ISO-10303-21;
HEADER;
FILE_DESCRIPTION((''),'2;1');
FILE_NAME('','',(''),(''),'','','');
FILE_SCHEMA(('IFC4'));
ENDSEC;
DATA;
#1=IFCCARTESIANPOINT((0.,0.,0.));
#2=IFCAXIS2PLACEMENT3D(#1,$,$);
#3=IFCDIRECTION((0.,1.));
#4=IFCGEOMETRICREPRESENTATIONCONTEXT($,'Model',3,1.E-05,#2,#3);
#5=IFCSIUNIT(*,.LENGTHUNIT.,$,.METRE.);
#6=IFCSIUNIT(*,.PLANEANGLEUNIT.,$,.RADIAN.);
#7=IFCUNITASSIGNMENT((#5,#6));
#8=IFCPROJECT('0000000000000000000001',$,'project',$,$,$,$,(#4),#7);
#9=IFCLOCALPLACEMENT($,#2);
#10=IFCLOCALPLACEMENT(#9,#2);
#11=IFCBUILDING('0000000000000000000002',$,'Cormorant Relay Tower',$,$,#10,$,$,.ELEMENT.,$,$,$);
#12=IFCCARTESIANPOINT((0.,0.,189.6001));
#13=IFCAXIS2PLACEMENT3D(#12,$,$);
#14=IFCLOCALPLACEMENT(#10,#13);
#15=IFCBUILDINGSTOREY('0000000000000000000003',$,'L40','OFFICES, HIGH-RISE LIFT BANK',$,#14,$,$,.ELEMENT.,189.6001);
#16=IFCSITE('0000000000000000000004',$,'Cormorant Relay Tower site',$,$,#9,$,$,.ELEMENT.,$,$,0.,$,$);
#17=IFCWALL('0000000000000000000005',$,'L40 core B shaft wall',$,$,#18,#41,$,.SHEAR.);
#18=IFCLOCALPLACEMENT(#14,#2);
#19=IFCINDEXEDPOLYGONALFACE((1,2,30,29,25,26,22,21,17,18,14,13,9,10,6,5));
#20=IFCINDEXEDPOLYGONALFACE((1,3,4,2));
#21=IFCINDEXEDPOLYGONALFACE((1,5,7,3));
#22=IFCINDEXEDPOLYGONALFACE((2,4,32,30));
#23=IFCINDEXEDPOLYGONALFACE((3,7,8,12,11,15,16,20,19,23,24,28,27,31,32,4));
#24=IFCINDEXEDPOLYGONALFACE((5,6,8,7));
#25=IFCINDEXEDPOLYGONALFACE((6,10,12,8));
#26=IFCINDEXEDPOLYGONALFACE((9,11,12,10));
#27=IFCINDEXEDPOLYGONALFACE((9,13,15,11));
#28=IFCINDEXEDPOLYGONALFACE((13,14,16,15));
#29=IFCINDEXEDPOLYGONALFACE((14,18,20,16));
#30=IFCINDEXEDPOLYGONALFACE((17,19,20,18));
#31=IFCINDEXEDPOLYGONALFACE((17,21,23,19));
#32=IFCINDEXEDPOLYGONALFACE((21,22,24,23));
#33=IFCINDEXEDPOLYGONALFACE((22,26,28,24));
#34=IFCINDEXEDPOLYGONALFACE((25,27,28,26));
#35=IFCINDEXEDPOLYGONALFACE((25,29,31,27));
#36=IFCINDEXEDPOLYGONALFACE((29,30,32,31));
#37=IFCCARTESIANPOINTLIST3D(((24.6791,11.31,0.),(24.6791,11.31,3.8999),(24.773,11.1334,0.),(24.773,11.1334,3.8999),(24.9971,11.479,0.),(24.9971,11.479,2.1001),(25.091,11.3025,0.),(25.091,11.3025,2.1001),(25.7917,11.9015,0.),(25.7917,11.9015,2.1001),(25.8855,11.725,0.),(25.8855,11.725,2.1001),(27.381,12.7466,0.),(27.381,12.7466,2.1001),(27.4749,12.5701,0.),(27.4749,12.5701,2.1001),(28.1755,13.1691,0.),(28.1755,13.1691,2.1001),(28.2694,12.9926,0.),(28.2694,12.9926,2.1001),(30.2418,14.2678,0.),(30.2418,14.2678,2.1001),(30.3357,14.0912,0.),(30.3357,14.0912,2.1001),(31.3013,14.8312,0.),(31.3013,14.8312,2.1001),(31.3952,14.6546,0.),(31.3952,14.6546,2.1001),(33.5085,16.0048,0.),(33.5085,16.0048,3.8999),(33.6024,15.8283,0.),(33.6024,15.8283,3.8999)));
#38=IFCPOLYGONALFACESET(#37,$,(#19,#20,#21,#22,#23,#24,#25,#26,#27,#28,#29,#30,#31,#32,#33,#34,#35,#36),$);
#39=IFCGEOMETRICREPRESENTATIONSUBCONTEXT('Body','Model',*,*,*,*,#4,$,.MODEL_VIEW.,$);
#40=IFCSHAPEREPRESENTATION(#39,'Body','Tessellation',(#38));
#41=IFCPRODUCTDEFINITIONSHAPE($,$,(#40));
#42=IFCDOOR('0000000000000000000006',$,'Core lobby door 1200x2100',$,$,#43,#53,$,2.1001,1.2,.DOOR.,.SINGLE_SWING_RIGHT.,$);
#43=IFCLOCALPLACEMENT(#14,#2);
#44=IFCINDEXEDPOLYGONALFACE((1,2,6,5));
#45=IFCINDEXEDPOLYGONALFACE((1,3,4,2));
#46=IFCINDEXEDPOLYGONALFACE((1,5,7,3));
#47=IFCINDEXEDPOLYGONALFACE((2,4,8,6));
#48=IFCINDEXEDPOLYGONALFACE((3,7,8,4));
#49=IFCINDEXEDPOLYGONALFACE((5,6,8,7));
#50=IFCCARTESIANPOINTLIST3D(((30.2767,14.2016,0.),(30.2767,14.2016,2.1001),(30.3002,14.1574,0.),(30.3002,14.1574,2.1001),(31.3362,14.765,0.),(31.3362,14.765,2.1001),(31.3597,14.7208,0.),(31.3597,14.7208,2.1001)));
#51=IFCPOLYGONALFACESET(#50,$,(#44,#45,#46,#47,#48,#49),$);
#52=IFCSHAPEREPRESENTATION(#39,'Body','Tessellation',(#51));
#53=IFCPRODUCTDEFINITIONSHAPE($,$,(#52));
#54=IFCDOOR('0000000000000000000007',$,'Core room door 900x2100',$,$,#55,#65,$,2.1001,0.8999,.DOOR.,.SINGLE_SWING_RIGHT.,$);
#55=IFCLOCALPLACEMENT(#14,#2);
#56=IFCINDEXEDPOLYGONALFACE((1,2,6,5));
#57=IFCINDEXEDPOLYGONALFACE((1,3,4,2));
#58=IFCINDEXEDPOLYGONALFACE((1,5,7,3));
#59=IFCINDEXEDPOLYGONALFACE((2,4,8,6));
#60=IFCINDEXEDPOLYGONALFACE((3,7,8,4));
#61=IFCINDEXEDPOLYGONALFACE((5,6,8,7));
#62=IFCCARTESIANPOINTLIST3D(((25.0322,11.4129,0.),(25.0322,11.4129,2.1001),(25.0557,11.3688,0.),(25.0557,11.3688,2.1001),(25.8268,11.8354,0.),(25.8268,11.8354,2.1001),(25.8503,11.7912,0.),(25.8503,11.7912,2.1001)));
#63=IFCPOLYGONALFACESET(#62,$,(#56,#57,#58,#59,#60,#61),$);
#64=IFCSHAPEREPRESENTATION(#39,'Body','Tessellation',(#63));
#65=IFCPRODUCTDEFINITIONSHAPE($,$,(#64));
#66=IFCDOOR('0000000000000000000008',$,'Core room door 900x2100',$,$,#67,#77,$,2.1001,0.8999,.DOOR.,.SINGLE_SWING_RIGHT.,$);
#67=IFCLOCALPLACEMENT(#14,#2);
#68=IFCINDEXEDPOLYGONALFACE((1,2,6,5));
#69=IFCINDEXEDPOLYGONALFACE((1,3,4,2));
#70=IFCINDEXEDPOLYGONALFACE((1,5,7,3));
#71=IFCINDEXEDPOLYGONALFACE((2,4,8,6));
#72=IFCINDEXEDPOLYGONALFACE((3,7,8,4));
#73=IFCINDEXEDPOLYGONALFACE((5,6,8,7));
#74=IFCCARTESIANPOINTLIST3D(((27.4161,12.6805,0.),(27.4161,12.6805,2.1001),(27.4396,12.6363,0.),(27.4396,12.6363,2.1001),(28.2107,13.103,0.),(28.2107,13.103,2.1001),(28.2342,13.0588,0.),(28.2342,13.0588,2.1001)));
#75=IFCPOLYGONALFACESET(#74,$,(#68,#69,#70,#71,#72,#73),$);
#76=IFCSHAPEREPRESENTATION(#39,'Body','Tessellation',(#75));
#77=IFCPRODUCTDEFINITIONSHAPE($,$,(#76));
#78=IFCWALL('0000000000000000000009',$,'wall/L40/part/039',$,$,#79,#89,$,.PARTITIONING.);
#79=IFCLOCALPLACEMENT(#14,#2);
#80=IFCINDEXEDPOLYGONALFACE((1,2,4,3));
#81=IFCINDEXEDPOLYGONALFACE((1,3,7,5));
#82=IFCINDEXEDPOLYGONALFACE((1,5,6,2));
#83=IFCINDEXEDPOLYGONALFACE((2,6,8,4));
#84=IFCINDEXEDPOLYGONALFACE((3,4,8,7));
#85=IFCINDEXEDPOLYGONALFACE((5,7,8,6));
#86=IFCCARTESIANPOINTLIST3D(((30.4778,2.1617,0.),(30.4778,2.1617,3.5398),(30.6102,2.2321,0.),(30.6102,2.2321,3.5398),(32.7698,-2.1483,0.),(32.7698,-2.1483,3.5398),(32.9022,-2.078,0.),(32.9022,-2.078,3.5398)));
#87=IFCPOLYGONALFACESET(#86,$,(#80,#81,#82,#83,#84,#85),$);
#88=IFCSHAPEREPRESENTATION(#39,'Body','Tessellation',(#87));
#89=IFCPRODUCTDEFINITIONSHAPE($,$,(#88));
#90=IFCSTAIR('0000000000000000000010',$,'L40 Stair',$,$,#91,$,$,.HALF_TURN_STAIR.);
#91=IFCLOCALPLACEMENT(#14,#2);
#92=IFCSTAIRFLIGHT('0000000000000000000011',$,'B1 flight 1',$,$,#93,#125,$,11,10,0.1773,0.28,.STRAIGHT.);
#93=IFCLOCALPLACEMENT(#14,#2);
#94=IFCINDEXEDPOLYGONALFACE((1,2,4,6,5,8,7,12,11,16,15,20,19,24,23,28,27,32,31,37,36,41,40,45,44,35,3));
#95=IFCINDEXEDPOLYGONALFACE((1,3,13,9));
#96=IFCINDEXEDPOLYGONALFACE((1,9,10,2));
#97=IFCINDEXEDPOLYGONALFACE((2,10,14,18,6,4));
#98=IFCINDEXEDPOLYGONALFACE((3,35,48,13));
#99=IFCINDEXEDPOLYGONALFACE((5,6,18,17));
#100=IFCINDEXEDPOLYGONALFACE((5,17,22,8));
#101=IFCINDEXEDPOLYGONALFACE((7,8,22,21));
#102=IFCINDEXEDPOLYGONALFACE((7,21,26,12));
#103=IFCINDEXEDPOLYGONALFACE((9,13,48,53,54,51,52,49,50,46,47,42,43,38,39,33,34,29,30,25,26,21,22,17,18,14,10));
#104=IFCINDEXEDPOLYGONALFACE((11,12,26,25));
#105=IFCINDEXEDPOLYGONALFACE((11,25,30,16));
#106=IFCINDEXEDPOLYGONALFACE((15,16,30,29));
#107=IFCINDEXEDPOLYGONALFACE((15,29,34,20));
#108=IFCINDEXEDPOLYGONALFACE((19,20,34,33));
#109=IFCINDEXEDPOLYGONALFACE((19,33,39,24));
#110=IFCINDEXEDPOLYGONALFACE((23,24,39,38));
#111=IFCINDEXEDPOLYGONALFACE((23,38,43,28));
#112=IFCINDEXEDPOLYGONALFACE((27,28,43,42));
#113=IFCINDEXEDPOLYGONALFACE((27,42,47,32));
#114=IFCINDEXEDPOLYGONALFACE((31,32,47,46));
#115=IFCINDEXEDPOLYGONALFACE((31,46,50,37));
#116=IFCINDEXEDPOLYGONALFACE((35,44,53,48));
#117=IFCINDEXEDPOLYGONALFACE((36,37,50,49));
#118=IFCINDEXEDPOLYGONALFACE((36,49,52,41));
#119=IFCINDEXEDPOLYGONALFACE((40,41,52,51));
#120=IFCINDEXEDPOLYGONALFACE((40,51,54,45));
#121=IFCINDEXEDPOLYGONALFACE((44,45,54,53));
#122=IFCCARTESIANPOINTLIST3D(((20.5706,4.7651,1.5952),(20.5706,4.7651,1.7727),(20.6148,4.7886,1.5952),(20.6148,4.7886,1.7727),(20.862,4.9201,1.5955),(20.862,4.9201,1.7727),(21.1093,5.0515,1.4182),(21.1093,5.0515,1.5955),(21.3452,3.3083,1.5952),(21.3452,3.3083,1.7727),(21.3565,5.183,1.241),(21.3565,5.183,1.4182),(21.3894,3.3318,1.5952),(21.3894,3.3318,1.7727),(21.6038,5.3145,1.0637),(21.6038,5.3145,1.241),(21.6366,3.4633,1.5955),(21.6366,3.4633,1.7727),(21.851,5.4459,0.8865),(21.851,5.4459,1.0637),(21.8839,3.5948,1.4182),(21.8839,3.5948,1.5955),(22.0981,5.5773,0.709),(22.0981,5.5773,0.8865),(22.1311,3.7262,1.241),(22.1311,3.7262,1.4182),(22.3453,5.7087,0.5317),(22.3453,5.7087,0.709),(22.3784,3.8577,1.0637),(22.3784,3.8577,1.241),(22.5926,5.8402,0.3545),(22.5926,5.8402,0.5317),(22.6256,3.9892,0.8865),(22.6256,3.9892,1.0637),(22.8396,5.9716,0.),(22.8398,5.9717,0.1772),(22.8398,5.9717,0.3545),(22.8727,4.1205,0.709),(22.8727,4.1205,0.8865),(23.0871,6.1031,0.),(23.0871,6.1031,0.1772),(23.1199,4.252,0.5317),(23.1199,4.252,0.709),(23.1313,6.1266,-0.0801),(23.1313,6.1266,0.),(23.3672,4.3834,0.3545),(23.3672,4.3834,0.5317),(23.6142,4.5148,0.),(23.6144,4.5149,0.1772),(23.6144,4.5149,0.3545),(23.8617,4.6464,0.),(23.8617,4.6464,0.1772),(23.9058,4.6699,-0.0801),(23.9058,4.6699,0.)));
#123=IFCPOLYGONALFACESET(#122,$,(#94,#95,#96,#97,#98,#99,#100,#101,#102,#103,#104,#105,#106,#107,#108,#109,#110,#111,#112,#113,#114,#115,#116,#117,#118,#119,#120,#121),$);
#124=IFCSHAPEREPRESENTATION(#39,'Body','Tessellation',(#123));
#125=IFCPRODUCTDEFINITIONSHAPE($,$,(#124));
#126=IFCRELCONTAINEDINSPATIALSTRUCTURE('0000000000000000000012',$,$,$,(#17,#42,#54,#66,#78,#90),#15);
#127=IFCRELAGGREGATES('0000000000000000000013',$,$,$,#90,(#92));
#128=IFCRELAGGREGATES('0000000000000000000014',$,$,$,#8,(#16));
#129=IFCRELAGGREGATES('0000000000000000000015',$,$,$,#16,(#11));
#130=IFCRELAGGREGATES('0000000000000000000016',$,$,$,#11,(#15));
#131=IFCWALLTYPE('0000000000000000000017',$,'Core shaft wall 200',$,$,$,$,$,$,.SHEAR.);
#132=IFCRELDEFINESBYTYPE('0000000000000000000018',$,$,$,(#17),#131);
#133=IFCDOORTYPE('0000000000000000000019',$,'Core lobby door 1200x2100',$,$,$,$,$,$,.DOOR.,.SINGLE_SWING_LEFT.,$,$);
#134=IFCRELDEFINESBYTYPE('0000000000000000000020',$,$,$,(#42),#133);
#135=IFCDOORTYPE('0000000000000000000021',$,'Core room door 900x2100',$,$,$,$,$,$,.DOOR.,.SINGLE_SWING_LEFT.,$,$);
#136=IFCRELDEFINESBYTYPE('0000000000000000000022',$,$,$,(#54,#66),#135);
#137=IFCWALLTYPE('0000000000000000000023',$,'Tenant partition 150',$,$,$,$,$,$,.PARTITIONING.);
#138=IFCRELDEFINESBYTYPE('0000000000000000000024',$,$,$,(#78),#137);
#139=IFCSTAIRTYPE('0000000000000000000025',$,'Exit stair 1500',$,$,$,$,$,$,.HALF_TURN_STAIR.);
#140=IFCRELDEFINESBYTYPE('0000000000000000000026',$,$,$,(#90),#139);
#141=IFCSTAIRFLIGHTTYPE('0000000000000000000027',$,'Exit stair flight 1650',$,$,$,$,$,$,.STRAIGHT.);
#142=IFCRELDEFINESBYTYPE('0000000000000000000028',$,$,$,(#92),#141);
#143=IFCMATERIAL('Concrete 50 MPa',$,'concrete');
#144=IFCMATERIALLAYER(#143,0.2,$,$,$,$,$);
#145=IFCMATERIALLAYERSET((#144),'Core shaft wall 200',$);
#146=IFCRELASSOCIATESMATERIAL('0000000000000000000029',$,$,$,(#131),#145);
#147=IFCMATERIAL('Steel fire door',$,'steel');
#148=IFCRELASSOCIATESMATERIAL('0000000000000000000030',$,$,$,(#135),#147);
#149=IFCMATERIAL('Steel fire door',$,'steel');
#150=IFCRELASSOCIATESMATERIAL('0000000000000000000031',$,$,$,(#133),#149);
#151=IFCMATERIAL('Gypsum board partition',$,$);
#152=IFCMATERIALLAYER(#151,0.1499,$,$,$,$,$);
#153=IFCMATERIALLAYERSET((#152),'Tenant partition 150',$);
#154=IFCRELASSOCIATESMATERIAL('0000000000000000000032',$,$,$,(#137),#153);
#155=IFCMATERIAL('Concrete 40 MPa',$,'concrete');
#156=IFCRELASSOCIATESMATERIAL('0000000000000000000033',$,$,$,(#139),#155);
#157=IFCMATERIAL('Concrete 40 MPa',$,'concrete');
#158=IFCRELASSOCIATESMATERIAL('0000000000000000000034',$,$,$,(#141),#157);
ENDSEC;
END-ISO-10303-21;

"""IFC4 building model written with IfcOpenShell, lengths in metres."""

from ifc_helpers import new_model, si_unit, direction, frame, frame_2d, origin, place, context, subcontext, project, spatial, polyline, rectangle, outline, extrude, material, layer, layer_set, type_object, element, fill, aggregate, save


model = new_model("IFC4")

# Units and contexts
model_context = context("Model", 3, precision=1e-05, world=origin(), true_north=direction((0.0, 1.0)))
body_context = subcontext(model_context, "Body", "Model", "MODEL_VIEW")
ifc_project = project(units=[si_unit("LENGTHUNIT", "METRE"), si_unit("PLANEANGLEUNIT", "RADIAN")], contexts=[model_context])

# Site, building, storey
site_placement = place(None, origin())
site = spatial("IfcSite", under=ifc_project, at=site_placement, Name="Cormorant Relay Tower site", CompositionType="ELEMENT", RefElevation=0.0)
building_placement = place(site_placement, origin())
building = spatial("IfcBuilding", under=site, at=building_placement, Name="Cormorant Relay Tower", CompositionType="ELEMENT")
storey_placement = place(building_placement, frame((0.0, 0.0, 189.6001)))
storey = spatial("IfcBuildingStorey", under=building, at=storey_placement, Name="L40", Description="OFFICES, HIGH-RISE LIFT BANK", CompositionType="ELEMENT", Elevation=189.6001)

# Shared definitions
ifc_material_1 = material(Name="Concrete 50 MPa", Category="concrete")
ifc_layer_1 = layer(ifc_material_1, 0.2)
ifc_layer_set_1 = layer_set([ifc_layer_1], Name="Core shaft wall 200")
wall_type_1 = type_object("IfcWallType", Name="Core shaft wall 200", PredefinedType="SHEAR", material=ifc_layer_set_1)

# Shared definitions
ifc_material_2 = material(Name="Steel fire door", Category="steel")
door_type_1 = type_object("IfcDoorType", Name="Core room door 900x2100", OperationType="SINGLE_SWING_LEFT", PredefinedType="DOOR", material=ifc_material_2)

# Wall, openings, doors
wall_1_placement = place(storey_placement, frame((24.7261, 11.2217, 0.0), z_axis=(0.0, 0.0, 1.0), x_axis=(0.88294, 0.469485, 0.0)))
wall_1 = element("IfcWall", 1, at=wall_1_placement, inside=storey, type_object=wall_type_1, Name="L40 core B shaft wall", PredefinedType="SHEAR", context=body_context, shape_type="SweptSolid", body=[
    extrude(rectangle(XDim=10.0, YDim=0.2, at=frame_2d((5.0, 0.0))), origin(), (0.0, 0.0, 1.0), 3.8999),
])
opening_1_placement = place(wall_1_placement, frame((6.3, 0.0, 0.0)))
opening_1 = element("IfcOpeningElement", 2, at=opening_1_placement, cuts=wall_1, PredefinedType="OPENING", context=body_context, shape_type="SweptSolid", body=[
    extrude(rectangle(XDim=1.2, YDim=2.1001, at=frame_2d((0.6001, 1.05))), frame((0.0, 0.1099, 0.0), z_axis=(0.0, -1.0, 0.0), x_axis=(1.0, 0.0, 0.0)), (0.0, 0.0, 1.0), 0.22),
])
opening_2_placement = place(wall_1_placement, frame((0.3601, 0.0, 0.0)))
opening_2 = element("IfcOpeningElement", 3, at=opening_2_placement, cuts=wall_1, PredefinedType="OPENING", context=body_context, shape_type="SweptSolid", body=[
    extrude(rectangle(XDim=0.8999, YDim=2.1001, at=frame_2d((0.45, 1.05))), frame((0.0, 0.1099, 0.0), z_axis=(0.0, -1.0, 0.0), x_axis=(1.0, 0.0, 0.0)), (0.0, 0.0, 1.0), 0.22),
])
opening_3_placement = place(wall_1_placement, frame((3.0601, 0.0, 0.0)))
opening_3 = element("IfcOpeningElement", 4, at=opening_3_placement, cuts=wall_1, PredefinedType="OPENING", context=body_context, shape_type="SweptSolid", body=[
    extrude(rectangle(XDim=0.8999, YDim=2.1001, at=frame_2d((0.45, 1.05))), frame((0.0, 0.1099, 0.0), z_axis=(0.0, -1.0, 0.0), x_axis=(1.0, 0.0, 0.0)), (0.0, 0.0, 1.0), 0.22),
])
ifc_material_3 = material(Name="Steel fire door", Category="steel")
door_type_2 = type_object("IfcDoorType", Name="Core lobby door 1200x2100", OperationType="SINGLE_SWING_LEFT", PredefinedType="DOOR", material=ifc_material_3)
door_1_placement = place(opening_1_placement, frame((1.2, 0.0, 0.0), z_axis=(0.0, 0.0, 1.0), x_axis=(-1.0, 0.0, 0.0)))
door_1 = element("IfcDoor", 5, at=door_1_placement, inside=storey, type_object=door_type_2, Name="Core lobby door 1200x2100", OperationType="SINGLE_SWING_RIGHT", OverallHeight=2.1001, OverallWidth=1.2, PredefinedType="DOOR", context=body_context, shape_type="SweptSolid", body=[
    extrude(rectangle(XDim=1.2, YDim=2.1001, at=frame_2d((0.6001, 1.05))), frame((0.0, 0.0249, 0.0), z_axis=(0.0, -1.0, 0.0), x_axis=(1.0, 0.0, 0.0)), (0.0, 0.0, 1.0), 0.05),
])
fill(opening_1, door_1)
door_2_placement = place(opening_2_placement, frame((0.8999, 0.0, 0.0), z_axis=(0.0, 0.0, 1.0), x_axis=(-1.0, 0.0, 0.0)))
door_2 = element("IfcDoor", 6, at=door_2_placement, inside=storey, type_object=door_type_1, Name="Core room door 900x2100", OperationType="SINGLE_SWING_RIGHT", OverallHeight=2.1001, OverallWidth=0.8999, PredefinedType="DOOR", context=body_context, shape_type="SweptSolid", body=[
    extrude(rectangle(XDim=0.8999, YDim=2.1001, at=frame_2d((0.45, 1.05))), frame((0.0, 0.0249, 0.0), z_axis=(0.0, -1.0, 0.0), x_axis=(1.0, 0.0, 0.0)), (0.0, 0.0, 1.0), 0.05),
])
fill(opening_2, door_2)
door_3_placement = place(opening_3_placement, frame((0.8999, 0.0, 0.0), z_axis=(0.0, 0.0, 1.0), x_axis=(-1.0, 0.0, 0.0)))
door_3 = element("IfcDoor", 7, at=door_3_placement, inside=storey, type_object=door_type_1, Name="Core room door 900x2100", OperationType="SINGLE_SWING_RIGHT", OverallHeight=2.1001, OverallWidth=0.8999, PredefinedType="DOOR", context=body_context, shape_type="SweptSolid", body=[
    extrude(rectangle(XDim=0.8999, YDim=2.1001, at=frame_2d((0.45, 1.05))), frame((0.0, 0.0249, 0.0), z_axis=(0.0, -1.0, 0.0), x_axis=(1.0, 0.0, 0.0)), (0.0, 0.0, 1.0), 0.05),
])
fill(opening_3, door_3)

# Wall
ifc_material_4 = material(Name="Gypsum board partition")
ifc_layer_2 = layer(ifc_material_4, 0.1499)
ifc_layer_set_2 = layer_set([ifc_layer_2], Name="Tenant partition 150")
wall_type_2 = type_object("IfcWallType", Name="Tenant partition 150", PredefinedType="PARTITIONING", material=ifc_layer_set_2)
wall_2_placement = place(storey_placement, frame((30.5439, 2.197, 0.0), z_axis=(0.0, 0.0, 1.0), x_axis=(0.469518, -0.882923, 0.0)))
element("IfcWall", 8, at=wall_2_placement, inside=storey, type_object=wall_type_2, Name="wall/L40/part/039", PredefinedType="PARTITIONING", context=body_context, shape_type="SweptSolid", body=[
    extrude(rectangle(XDim=4.8816, YDim=0.1499, at=frame_2d((2.4409, 0.0))), origin(), (0.0, 0.0, 1.0), 3.5398),
])

# Stair, stair flight
ifc_material_5 = material(Name="Concrete 40 MPa", Category="concrete")
stair_type = type_object("IfcStairType", Name="Exit stair 1500", PredefinedType="HALF_TURN_STAIR", material=ifc_material_5)
stair_placement = place(storey_placement, origin())
stair = element("IfcStair", 9, at=stair_placement, inside=storey, type_object=stair_type, Name="L40 Stair", PredefinedType="HALF_TURN_STAIR")
ifc_material_6 = material(Name="Concrete 40 MPa", Category="concrete")
stair_flight_type = type_object("IfcStairFlightType", Name="Exit stair flight 1650", PredefinedType="STRAIGHT", material=ifc_material_6)
stair_flight_placement = place(storey_placement, frame((23.4744, 5.3748, 0.0), z_axis=(0.0, 0.0, 1.0), x_axis=(-0.882948, -0.469472, 0.0)))
stair_flight = element("IfcStairFlight", 10, at=stair_flight_placement, type_object=stair_flight_type, Name="B1 flight 1", NumberOfRisers=11, NumberOfTreads=10, PredefinedType="STRAIGHT", RiserHeight=0.1773, TreadLength=0.28, context=body_context, shape_type="SweptSolid", body=[
    extrude(outline(polyline([(-0.05, -0.0801), (-0.05, 0.0), (0.0, 0.0), (0.0, 0.1772), (0.28, 0.1772), (0.28, 0.3545), (0.5601, 0.3545), (0.5601, 0.5317), (0.8401, 0.5317), (0.8401, 0.709), (1.1201, 0.709), (1.1201, 0.8865), (1.3999, 0.8865), (1.3999, 1.0637), (1.6799, 1.0637), (1.6799, 1.241), (1.96, 1.241), (1.96, 1.4182), (2.24, 1.4182), (2.24, 1.5955), (2.52, 1.5955), (2.52, 1.7727), (2.8, 1.7727), (2.8501, 1.7727), (2.8501, 1.5952), (2.8, 1.5952), (0.2803, 0.0), (-0.05, -0.0801)])), frame((0.0, 0.825, 0.0), z_axis=(0.0, -1.0, 0.0), x_axis=(1.0, 0.0, 0.0)), (0.0, 0.0, 1.0), 1.6499),
])
aggregate(stair, [stair_flight])

save(model, "model.ifc")
